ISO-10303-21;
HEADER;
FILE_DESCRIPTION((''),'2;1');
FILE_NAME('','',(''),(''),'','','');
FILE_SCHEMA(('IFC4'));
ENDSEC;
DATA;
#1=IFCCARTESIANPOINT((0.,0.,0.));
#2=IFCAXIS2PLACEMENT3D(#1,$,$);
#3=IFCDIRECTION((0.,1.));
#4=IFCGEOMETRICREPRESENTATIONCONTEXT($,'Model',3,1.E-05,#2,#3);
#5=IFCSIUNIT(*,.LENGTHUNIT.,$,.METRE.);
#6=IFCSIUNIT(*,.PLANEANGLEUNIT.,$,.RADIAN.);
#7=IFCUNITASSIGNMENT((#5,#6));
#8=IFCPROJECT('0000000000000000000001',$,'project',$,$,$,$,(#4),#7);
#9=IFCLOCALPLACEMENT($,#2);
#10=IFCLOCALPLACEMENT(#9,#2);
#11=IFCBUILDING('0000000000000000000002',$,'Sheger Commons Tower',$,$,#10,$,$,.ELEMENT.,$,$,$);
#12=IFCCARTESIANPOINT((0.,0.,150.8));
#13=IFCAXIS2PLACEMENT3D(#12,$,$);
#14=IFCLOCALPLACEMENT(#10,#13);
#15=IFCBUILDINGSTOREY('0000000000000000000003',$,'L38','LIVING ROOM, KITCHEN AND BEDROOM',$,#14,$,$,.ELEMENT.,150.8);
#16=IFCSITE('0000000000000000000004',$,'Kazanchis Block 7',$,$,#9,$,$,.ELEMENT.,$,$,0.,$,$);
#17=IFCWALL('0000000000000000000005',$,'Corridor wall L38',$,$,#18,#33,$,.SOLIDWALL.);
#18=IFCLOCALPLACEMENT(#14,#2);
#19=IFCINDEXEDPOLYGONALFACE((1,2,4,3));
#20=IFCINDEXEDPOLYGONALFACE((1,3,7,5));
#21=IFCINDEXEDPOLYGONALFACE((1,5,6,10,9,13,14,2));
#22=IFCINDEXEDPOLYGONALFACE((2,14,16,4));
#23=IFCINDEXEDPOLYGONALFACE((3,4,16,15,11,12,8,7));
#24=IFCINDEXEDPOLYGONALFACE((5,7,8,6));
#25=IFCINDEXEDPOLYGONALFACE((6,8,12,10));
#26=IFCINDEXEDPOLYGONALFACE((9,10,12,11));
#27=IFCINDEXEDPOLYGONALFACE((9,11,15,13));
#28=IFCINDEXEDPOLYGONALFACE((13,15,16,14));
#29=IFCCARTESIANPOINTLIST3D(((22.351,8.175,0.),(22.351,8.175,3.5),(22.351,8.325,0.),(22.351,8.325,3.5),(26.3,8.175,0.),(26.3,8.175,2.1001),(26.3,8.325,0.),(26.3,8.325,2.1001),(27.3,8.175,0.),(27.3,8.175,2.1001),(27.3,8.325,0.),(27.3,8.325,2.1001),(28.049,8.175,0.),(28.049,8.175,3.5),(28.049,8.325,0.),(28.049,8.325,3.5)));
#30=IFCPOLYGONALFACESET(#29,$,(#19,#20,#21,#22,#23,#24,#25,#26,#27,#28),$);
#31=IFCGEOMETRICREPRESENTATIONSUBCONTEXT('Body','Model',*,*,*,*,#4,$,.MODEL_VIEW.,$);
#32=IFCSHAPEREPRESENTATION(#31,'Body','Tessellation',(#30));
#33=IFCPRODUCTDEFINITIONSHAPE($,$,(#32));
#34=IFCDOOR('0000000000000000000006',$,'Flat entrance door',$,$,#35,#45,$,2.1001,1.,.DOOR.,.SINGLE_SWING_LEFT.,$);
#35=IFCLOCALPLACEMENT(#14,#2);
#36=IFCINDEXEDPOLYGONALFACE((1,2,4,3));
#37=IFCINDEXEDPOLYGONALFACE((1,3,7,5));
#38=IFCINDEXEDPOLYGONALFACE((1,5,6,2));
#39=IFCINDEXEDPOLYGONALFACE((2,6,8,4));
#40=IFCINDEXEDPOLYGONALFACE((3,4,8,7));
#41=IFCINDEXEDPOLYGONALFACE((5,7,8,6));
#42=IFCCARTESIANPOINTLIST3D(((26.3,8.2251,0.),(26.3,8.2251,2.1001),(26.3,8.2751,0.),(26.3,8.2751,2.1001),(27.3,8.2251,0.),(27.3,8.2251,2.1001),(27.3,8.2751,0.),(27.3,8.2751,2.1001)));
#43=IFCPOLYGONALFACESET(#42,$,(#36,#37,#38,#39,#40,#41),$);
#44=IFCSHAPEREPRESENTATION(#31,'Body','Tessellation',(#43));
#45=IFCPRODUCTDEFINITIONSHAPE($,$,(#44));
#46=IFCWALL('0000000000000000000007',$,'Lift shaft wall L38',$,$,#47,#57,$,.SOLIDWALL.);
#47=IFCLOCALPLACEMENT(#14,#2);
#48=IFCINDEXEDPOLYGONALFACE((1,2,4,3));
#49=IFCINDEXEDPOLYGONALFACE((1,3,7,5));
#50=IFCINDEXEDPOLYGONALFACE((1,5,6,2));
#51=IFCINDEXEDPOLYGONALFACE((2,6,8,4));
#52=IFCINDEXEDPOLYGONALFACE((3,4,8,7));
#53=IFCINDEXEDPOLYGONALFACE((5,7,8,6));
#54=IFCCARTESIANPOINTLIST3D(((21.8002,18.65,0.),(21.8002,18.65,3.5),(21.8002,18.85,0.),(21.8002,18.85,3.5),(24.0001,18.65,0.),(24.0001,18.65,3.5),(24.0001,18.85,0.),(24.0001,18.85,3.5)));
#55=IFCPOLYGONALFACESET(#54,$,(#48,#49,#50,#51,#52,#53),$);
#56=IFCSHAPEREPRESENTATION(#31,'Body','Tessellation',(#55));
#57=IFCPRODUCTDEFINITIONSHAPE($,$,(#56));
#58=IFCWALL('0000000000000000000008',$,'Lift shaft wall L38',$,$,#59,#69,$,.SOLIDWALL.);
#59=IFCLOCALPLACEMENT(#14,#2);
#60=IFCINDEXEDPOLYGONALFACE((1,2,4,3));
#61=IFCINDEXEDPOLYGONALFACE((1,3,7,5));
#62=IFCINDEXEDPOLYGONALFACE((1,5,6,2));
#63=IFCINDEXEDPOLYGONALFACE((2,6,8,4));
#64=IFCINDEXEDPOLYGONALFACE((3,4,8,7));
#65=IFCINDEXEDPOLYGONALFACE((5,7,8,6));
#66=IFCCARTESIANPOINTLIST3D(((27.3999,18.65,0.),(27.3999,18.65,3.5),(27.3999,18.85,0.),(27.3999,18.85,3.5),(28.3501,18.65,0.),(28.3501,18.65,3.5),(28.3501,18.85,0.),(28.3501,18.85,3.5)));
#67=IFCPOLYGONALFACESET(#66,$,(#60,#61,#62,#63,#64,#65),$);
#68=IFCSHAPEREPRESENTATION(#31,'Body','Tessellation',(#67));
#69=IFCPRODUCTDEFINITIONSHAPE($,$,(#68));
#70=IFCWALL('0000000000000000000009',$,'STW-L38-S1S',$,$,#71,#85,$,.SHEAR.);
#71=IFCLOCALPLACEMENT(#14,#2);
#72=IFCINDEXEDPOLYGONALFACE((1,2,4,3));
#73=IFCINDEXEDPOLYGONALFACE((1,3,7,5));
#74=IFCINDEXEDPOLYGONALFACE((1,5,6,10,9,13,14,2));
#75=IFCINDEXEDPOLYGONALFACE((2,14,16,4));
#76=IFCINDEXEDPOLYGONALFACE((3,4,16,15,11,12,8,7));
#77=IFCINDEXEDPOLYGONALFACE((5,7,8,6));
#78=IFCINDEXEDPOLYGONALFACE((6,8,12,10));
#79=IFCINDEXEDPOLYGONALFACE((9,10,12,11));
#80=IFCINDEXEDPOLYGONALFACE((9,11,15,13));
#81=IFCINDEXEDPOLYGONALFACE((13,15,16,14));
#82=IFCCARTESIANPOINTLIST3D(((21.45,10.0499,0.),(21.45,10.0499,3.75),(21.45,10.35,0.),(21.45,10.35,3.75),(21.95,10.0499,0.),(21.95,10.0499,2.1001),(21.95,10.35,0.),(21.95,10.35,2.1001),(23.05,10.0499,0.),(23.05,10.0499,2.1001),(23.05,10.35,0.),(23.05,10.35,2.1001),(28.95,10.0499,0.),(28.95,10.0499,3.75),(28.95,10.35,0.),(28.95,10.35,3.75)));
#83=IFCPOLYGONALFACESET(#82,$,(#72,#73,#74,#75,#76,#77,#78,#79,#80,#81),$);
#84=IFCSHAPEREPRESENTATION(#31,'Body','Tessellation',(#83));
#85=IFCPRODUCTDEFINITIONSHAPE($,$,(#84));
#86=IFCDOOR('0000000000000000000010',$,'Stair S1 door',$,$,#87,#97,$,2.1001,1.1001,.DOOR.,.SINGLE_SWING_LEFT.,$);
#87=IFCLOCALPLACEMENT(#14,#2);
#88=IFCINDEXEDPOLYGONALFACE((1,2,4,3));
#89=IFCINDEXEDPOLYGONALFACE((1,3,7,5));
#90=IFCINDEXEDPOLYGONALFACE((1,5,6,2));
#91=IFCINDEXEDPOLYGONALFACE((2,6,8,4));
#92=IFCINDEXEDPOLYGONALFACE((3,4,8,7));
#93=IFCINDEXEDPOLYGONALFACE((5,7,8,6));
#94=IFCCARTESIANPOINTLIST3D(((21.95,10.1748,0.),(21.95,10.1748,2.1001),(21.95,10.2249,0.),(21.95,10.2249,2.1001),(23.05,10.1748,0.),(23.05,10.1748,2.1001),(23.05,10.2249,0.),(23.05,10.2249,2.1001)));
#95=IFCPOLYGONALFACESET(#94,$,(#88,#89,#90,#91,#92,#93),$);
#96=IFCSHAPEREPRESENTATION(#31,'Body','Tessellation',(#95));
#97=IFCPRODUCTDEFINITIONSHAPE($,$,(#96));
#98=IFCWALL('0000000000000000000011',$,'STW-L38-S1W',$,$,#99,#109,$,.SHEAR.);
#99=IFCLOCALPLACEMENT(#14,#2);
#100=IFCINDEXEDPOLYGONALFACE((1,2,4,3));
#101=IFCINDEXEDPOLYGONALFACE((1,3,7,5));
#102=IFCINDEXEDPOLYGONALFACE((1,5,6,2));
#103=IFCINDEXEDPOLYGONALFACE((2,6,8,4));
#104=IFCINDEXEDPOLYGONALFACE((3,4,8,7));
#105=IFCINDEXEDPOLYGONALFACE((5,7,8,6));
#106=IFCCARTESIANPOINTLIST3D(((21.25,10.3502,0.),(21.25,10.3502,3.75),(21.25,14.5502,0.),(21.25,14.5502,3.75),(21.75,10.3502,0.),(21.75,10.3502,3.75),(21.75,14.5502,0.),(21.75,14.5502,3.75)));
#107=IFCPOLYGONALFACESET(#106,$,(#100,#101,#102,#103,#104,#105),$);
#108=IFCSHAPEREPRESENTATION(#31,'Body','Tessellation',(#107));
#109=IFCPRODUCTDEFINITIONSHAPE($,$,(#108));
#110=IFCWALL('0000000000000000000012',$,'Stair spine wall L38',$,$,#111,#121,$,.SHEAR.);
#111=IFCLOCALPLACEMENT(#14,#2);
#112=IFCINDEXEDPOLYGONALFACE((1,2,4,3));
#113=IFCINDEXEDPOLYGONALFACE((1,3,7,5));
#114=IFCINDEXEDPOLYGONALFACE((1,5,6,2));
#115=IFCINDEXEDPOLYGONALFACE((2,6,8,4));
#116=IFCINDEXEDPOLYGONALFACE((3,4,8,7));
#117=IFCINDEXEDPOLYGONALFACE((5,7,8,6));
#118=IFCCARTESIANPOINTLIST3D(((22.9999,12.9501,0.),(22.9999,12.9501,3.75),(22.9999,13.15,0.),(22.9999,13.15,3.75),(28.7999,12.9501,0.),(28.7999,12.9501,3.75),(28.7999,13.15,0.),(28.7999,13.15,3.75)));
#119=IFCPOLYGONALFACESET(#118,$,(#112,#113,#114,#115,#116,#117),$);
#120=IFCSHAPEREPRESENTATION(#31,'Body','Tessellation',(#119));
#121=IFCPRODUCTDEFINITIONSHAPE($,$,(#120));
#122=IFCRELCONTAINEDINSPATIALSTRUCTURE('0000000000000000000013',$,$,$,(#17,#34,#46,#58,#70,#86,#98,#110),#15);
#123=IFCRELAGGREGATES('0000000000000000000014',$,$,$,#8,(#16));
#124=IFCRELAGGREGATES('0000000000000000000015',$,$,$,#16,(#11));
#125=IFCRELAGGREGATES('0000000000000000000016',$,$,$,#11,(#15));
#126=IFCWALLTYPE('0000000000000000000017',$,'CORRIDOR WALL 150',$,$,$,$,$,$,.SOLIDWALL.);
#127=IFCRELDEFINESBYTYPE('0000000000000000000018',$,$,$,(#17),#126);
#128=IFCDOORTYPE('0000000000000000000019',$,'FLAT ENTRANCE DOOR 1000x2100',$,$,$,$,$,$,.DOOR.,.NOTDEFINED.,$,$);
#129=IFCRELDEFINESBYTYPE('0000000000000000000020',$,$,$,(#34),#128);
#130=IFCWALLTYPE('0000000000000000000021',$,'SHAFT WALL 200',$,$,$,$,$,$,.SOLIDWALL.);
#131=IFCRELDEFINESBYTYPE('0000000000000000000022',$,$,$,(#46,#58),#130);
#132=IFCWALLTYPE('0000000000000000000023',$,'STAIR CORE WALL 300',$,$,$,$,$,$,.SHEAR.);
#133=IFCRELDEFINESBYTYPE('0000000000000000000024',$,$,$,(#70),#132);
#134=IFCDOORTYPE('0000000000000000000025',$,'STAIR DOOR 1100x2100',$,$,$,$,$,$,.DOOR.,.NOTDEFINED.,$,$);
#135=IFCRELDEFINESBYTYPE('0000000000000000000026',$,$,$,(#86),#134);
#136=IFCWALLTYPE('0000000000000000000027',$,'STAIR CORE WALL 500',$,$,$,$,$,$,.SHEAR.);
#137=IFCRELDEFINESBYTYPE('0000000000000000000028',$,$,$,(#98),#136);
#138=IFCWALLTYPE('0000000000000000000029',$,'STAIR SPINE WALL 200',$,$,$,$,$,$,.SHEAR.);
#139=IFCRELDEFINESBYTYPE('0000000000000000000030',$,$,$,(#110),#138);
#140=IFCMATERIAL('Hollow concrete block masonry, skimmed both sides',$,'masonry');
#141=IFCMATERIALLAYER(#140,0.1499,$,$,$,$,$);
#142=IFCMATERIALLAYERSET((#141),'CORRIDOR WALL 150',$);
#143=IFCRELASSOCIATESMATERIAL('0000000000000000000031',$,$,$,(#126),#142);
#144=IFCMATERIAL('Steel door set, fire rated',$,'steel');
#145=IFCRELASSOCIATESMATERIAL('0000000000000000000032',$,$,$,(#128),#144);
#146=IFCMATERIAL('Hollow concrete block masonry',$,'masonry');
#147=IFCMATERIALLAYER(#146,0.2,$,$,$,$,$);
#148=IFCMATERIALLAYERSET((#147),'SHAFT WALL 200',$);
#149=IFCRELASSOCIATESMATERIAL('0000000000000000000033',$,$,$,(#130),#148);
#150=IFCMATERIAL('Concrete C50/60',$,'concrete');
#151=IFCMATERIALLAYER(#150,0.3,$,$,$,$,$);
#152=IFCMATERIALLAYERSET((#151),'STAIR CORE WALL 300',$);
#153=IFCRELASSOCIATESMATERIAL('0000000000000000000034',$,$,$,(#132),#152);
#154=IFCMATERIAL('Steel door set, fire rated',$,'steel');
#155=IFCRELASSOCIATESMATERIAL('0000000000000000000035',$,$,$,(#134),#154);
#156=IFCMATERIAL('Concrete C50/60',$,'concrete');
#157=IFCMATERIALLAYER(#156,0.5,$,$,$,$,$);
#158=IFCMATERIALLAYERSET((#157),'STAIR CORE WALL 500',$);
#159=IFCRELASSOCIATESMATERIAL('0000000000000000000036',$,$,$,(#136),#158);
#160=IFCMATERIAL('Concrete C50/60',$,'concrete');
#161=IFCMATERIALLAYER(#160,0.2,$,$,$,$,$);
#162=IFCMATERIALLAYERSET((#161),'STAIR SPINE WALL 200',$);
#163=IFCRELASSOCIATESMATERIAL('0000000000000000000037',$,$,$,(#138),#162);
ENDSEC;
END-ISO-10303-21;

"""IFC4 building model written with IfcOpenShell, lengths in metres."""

from ifc_helpers import new_model, si_unit, direction, frame, frame_2d, origin, place, context, subcontext, project, spatial, rectangle, extrude, material, layer, layer_set, type_object, element, fill, save


model = new_model("IFC4")

# Units and contexts
model_context = context("Model", 3, precision=1e-05, world=origin(), true_north=direction((0.0, 1.0)))
body_context = subcontext(model_context, "Body", "Model", "MODEL_VIEW")
ifc_project = project(units=[si_unit("LENGTHUNIT", "METRE"), si_unit("PLANEANGLEUNIT", "RADIAN")], contexts=[model_context])

# Site, building, storey
site_placement = place(None, origin())
site = spatial("IfcSite", under=ifc_project, at=site_placement, Name="Kazanchis Block 7", CompositionType="ELEMENT", RefElevation=0.0)
building_placement = place(site_placement, origin())
building = spatial("IfcBuilding", under=site, at=building_placement, Name="Sheger Commons Tower", CompositionType="ELEMENT")
storey_placement = place(building_placement, frame((0.0, 0.0, 150.8)))
storey = spatial("IfcBuildingStorey", under=building, at=storey_placement, Name="L38", Description="LIVING ROOM, KITCHEN AND BEDROOM", CompositionType="ELEMENT", Elevation=150.8)

# Wall, opening, door
ifc_material_1 = material(Name="Hollow concrete block masonry, skimmed both sides", Category="masonry")
ifc_layer_1 = layer(ifc_material_1, 0.1499)
ifc_layer_set_1 = layer_set([ifc_layer_1], Name="CORRIDOR WALL 150")
wall_type_1 = type_object("IfcWallType", Name="CORRIDOR WALL 150", PredefinedType="SOLIDWALL", material=ifc_layer_set_1)
wall_1_placement = place(storey_placement, frame((28.0491, 8.25, 0.0), z_axis=(0.0, 0.0, 1.0), x_axis=(-1.0, 0.0, 0.0)))
wall_1 = element("IfcWall", 1, at=wall_1_placement, inside=storey, type_object=wall_type_1, Name="Corridor wall L38", PredefinedType="SOLIDWALL", context=body_context, shape_type="SweptSolid", body=[
    extrude(rectangle(XDim=5.698, YDim=0.1499, at=frame_2d((2.8491, 0.0))), origin(), (0.0, 0.0, 1.0), 3.5),
])
opening_1_placement = place(wall_1_placement, frame((0.749, 0.0, 0.0)))
opening_1 = element("IfcOpeningElement", 2, at=opening_1_placement, cuts=wall_1, PredefinedType="OPENING", context=body_context, shape_type="SweptSolid", body=[
    extrude(rectangle(XDim=1.0, YDim=2.1001, at=frame_2d((0.5, 1.05))), frame((0.0, 0.085, 0.0), z_axis=(0.0, -1.0, 0.0), x_axis=(1.0, 0.0, 0.0)), (0.0, 0.0, 1.0), 0.1699),
])
ifc_material_2 = material(Name="Steel door set, fire rated", Category="steel")
door_type_1 = type_object("IfcDoorType", Name="FLAT ENTRANCE DOOR 1000x2100", OperationType="NOTDEFINED", PredefinedType="DOOR", material=ifc_material_2)
door_1_placement = place(opening_1_placement, origin())
door_1 = element("IfcDoor", 3, at=door_1_placement, inside=storey, type_object=door_type_1, Name="Flat entrance door", OperationType="SINGLE_SWING_LEFT", OverallHeight=2.1001, OverallWidth=1.0, PredefinedType="DOOR", context=body_context, shape_type="SweptSolid", body=[
    extrude(rectangle(XDim=1.0, YDim=2.1001, at=frame_2d((0.5, 1.05))), frame((0.0, 0.0249, 0.0), z_axis=(0.0, -1.0, 0.0), x_axis=(1.0, 0.0, 0.0)), (0.0, 0.0, 1.0), 0.05),
])
fill(opening_1, door_1)

# Walls
ifc_material_3 = material(Name="Hollow concrete block masonry", Category="masonry")
ifc_layer_2 = layer(ifc_material_3, 0.2)
ifc_layer_set_2 = layer_set([ifc_layer_2], Name="SHAFT WALL 200")
wall_type_2 = type_object("IfcWallType", Name="SHAFT WALL 200", PredefinedType="SOLIDWALL", material=ifc_layer_set_2)
wall_2_placement = place(storey_placement, frame((21.8, 18.75, 0.0), z_axis=(0.0, 0.0, 1.0), x_axis=(1.0, 0.0, 0.0)))
element("IfcWall", 4, at=wall_2_placement, inside=storey, type_object=wall_type_2, Name="Lift shaft wall L38", PredefinedType="SOLIDWALL", context=body_context, shape_type="SweptSolid", body=[
    extrude(rectangle(XDim=2.2, YDim=0.2, at=frame_2d((1.1001, 0.0))), origin(), (0.0, 0.0, 1.0), 3.5),
])
wall_3_placement = place(storey_placement, frame((27.3999, 18.75, 0.0), z_axis=(0.0, 0.0, 1.0), x_axis=(1.0, 0.0, 0.0)))
element("IfcWall", 5, at=wall_3_placement, inside=storey, type_object=wall_type_2, Name="Lift shaft wall L38", PredefinedType="SOLIDWALL", context=body_context, shape_type="SweptSolid", body=[
    extrude(rectangle(XDim=0.9502, YDim=0.2, at=frame_2d((0.4751, 0.0))), origin(), (0.0, 0.0, 1.0), 3.5),
])

# Wall, opening, door
ifc_material_4 = material(Name="Concrete C50/60", Category="concrete")
ifc_layer_3 = layer(ifc_material_4, 0.3)
ifc_layer_set_3 = layer_set([ifc_layer_3], Name="STAIR CORE WALL 300")
wall_type_3 = type_object("IfcWallType", Name="STAIR CORE WALL 300", PredefinedType="SHEAR", material=ifc_layer_set_3)
wall_4_placement = place(storey_placement, frame((21.45, 10.2, 0.0), z_axis=(0.0, 0.0, 1.0), x_axis=(1.0, 0.0, 0.0)))
wall_4 = element("IfcWall", 6, at=wall_4_placement, inside=storey, type_object=wall_type_3, Name="STW-L38-S1S", PredefinedType="SHEAR", context=body_context, shape_type="SweptSolid", body=[
    extrude(rectangle(XDim=7.5, YDim=0.3, at=frame_2d((3.75, 0.0))), origin(), (0.0, 0.0, 1.0), 3.75),
])
opening_2_placement = place(wall_4_placement, frame((0.5, 0.0, 0.0)))
opening_2 = element("IfcOpeningElement", 7, at=opening_2_placement, cuts=wall_4, PredefinedType="OPENING", context=body_context, shape_type="SweptSolid", body=[
    extrude(rectangle(XDim=1.1001, YDim=2.1001, at=frame_2d((0.55, 1.05))), frame((0.0, 0.1599, 0.0), z_axis=(0.0, -1.0, 0.0), x_axis=(1.0, 0.0, 0.0)), (0.0, 0.0, 1.0), 0.3201),
])
ifc_material_5 = material(Name="Steel door set, fire rated", Category="steel")
door_type_2 = type_object("IfcDoorType", Name="STAIR DOOR 1100x2100", OperationType="NOTDEFINED", PredefinedType="DOOR", material=ifc_material_5)
door_2_placement = place(opening_2_placement, origin())
door_2 = element("IfcDoor", 8, at=door_2_placement, inside=storey, type_object=door_type_2, Name="Stair S1 door", OperationType="SINGLE_SWING_LEFT", OverallHeight=2.1001, OverallWidth=1.1001, PredefinedType="DOOR", context=body_context, shape_type="SweptSolid", body=[
    extrude(rectangle(XDim=1.1001, YDim=2.1001, at=frame_2d((0.55, 1.05))), frame((0.0, 0.0249, 0.0), z_axis=(0.0, -1.0, 0.0), x_axis=(1.0, 0.0, 0.0)), (0.0, 0.0, 1.0), 0.05),
])
fill(opening_2, door_2)

# Walls
ifc_material_6 = material(Name="Concrete C50/60", Category="concrete")
ifc_layer_4 = layer(ifc_material_6, 0.5)
ifc_layer_set_4 = layer_set([ifc_layer_4], Name="STAIR CORE WALL 500")
wall_type_4 = type_object("IfcWallType", Name="STAIR CORE WALL 500", PredefinedType="SHEAR", material=ifc_layer_set_4)
wall_5_placement = place(storey_placement, frame((21.5, 10.3501, 0.0), z_axis=(0.0, 0.0, 1.0), x_axis=(0.0, 1.0, 0.0)))
element("IfcWall", 9, at=wall_5_placement, inside=storey, type_object=wall_type_4, Name="STW-L38-S1W", PredefinedType="SHEAR", context=body_context, shape_type="SweptSolid", body=[
    extrude(rectangle(XDim=4.2, YDim=0.5, at=frame_2d((2.1001, 0.0))), origin(), (0.0, 0.0, 1.0), 3.75),
])
ifc_material_7 = material(Name="Concrete C50/60", Category="concrete")
ifc_layer_5 = layer(ifc_material_7, 0.2)
ifc_layer_set_5 = layer_set([ifc_layer_5], Name="STAIR SPINE WALL 200")
wall_type_5 = type_object("IfcWallType", Name="STAIR SPINE WALL 200", PredefinedType="SHEAR", material=ifc_layer_set_5)
wall_6_placement = place(storey_placement, frame((23.0, 13.05, 0.0), z_axis=(0.0, 0.0, 1.0), x_axis=(1.0, 0.0, 0.0)))
element("IfcWall", 10, at=wall_6_placement, inside=storey, type_object=wall_type_5, Name="Stair spine wall L38", PredefinedType="SHEAR", context=body_context, shape_type="SweptSolid", body=[
    extrude(rectangle(XDim=5.8, YDim=0.2, at=frame_2d((2.8999, 0.0))), origin(), (0.0, 0.0, 1.0), 3.75),
])

save(model, "model.ifc")
